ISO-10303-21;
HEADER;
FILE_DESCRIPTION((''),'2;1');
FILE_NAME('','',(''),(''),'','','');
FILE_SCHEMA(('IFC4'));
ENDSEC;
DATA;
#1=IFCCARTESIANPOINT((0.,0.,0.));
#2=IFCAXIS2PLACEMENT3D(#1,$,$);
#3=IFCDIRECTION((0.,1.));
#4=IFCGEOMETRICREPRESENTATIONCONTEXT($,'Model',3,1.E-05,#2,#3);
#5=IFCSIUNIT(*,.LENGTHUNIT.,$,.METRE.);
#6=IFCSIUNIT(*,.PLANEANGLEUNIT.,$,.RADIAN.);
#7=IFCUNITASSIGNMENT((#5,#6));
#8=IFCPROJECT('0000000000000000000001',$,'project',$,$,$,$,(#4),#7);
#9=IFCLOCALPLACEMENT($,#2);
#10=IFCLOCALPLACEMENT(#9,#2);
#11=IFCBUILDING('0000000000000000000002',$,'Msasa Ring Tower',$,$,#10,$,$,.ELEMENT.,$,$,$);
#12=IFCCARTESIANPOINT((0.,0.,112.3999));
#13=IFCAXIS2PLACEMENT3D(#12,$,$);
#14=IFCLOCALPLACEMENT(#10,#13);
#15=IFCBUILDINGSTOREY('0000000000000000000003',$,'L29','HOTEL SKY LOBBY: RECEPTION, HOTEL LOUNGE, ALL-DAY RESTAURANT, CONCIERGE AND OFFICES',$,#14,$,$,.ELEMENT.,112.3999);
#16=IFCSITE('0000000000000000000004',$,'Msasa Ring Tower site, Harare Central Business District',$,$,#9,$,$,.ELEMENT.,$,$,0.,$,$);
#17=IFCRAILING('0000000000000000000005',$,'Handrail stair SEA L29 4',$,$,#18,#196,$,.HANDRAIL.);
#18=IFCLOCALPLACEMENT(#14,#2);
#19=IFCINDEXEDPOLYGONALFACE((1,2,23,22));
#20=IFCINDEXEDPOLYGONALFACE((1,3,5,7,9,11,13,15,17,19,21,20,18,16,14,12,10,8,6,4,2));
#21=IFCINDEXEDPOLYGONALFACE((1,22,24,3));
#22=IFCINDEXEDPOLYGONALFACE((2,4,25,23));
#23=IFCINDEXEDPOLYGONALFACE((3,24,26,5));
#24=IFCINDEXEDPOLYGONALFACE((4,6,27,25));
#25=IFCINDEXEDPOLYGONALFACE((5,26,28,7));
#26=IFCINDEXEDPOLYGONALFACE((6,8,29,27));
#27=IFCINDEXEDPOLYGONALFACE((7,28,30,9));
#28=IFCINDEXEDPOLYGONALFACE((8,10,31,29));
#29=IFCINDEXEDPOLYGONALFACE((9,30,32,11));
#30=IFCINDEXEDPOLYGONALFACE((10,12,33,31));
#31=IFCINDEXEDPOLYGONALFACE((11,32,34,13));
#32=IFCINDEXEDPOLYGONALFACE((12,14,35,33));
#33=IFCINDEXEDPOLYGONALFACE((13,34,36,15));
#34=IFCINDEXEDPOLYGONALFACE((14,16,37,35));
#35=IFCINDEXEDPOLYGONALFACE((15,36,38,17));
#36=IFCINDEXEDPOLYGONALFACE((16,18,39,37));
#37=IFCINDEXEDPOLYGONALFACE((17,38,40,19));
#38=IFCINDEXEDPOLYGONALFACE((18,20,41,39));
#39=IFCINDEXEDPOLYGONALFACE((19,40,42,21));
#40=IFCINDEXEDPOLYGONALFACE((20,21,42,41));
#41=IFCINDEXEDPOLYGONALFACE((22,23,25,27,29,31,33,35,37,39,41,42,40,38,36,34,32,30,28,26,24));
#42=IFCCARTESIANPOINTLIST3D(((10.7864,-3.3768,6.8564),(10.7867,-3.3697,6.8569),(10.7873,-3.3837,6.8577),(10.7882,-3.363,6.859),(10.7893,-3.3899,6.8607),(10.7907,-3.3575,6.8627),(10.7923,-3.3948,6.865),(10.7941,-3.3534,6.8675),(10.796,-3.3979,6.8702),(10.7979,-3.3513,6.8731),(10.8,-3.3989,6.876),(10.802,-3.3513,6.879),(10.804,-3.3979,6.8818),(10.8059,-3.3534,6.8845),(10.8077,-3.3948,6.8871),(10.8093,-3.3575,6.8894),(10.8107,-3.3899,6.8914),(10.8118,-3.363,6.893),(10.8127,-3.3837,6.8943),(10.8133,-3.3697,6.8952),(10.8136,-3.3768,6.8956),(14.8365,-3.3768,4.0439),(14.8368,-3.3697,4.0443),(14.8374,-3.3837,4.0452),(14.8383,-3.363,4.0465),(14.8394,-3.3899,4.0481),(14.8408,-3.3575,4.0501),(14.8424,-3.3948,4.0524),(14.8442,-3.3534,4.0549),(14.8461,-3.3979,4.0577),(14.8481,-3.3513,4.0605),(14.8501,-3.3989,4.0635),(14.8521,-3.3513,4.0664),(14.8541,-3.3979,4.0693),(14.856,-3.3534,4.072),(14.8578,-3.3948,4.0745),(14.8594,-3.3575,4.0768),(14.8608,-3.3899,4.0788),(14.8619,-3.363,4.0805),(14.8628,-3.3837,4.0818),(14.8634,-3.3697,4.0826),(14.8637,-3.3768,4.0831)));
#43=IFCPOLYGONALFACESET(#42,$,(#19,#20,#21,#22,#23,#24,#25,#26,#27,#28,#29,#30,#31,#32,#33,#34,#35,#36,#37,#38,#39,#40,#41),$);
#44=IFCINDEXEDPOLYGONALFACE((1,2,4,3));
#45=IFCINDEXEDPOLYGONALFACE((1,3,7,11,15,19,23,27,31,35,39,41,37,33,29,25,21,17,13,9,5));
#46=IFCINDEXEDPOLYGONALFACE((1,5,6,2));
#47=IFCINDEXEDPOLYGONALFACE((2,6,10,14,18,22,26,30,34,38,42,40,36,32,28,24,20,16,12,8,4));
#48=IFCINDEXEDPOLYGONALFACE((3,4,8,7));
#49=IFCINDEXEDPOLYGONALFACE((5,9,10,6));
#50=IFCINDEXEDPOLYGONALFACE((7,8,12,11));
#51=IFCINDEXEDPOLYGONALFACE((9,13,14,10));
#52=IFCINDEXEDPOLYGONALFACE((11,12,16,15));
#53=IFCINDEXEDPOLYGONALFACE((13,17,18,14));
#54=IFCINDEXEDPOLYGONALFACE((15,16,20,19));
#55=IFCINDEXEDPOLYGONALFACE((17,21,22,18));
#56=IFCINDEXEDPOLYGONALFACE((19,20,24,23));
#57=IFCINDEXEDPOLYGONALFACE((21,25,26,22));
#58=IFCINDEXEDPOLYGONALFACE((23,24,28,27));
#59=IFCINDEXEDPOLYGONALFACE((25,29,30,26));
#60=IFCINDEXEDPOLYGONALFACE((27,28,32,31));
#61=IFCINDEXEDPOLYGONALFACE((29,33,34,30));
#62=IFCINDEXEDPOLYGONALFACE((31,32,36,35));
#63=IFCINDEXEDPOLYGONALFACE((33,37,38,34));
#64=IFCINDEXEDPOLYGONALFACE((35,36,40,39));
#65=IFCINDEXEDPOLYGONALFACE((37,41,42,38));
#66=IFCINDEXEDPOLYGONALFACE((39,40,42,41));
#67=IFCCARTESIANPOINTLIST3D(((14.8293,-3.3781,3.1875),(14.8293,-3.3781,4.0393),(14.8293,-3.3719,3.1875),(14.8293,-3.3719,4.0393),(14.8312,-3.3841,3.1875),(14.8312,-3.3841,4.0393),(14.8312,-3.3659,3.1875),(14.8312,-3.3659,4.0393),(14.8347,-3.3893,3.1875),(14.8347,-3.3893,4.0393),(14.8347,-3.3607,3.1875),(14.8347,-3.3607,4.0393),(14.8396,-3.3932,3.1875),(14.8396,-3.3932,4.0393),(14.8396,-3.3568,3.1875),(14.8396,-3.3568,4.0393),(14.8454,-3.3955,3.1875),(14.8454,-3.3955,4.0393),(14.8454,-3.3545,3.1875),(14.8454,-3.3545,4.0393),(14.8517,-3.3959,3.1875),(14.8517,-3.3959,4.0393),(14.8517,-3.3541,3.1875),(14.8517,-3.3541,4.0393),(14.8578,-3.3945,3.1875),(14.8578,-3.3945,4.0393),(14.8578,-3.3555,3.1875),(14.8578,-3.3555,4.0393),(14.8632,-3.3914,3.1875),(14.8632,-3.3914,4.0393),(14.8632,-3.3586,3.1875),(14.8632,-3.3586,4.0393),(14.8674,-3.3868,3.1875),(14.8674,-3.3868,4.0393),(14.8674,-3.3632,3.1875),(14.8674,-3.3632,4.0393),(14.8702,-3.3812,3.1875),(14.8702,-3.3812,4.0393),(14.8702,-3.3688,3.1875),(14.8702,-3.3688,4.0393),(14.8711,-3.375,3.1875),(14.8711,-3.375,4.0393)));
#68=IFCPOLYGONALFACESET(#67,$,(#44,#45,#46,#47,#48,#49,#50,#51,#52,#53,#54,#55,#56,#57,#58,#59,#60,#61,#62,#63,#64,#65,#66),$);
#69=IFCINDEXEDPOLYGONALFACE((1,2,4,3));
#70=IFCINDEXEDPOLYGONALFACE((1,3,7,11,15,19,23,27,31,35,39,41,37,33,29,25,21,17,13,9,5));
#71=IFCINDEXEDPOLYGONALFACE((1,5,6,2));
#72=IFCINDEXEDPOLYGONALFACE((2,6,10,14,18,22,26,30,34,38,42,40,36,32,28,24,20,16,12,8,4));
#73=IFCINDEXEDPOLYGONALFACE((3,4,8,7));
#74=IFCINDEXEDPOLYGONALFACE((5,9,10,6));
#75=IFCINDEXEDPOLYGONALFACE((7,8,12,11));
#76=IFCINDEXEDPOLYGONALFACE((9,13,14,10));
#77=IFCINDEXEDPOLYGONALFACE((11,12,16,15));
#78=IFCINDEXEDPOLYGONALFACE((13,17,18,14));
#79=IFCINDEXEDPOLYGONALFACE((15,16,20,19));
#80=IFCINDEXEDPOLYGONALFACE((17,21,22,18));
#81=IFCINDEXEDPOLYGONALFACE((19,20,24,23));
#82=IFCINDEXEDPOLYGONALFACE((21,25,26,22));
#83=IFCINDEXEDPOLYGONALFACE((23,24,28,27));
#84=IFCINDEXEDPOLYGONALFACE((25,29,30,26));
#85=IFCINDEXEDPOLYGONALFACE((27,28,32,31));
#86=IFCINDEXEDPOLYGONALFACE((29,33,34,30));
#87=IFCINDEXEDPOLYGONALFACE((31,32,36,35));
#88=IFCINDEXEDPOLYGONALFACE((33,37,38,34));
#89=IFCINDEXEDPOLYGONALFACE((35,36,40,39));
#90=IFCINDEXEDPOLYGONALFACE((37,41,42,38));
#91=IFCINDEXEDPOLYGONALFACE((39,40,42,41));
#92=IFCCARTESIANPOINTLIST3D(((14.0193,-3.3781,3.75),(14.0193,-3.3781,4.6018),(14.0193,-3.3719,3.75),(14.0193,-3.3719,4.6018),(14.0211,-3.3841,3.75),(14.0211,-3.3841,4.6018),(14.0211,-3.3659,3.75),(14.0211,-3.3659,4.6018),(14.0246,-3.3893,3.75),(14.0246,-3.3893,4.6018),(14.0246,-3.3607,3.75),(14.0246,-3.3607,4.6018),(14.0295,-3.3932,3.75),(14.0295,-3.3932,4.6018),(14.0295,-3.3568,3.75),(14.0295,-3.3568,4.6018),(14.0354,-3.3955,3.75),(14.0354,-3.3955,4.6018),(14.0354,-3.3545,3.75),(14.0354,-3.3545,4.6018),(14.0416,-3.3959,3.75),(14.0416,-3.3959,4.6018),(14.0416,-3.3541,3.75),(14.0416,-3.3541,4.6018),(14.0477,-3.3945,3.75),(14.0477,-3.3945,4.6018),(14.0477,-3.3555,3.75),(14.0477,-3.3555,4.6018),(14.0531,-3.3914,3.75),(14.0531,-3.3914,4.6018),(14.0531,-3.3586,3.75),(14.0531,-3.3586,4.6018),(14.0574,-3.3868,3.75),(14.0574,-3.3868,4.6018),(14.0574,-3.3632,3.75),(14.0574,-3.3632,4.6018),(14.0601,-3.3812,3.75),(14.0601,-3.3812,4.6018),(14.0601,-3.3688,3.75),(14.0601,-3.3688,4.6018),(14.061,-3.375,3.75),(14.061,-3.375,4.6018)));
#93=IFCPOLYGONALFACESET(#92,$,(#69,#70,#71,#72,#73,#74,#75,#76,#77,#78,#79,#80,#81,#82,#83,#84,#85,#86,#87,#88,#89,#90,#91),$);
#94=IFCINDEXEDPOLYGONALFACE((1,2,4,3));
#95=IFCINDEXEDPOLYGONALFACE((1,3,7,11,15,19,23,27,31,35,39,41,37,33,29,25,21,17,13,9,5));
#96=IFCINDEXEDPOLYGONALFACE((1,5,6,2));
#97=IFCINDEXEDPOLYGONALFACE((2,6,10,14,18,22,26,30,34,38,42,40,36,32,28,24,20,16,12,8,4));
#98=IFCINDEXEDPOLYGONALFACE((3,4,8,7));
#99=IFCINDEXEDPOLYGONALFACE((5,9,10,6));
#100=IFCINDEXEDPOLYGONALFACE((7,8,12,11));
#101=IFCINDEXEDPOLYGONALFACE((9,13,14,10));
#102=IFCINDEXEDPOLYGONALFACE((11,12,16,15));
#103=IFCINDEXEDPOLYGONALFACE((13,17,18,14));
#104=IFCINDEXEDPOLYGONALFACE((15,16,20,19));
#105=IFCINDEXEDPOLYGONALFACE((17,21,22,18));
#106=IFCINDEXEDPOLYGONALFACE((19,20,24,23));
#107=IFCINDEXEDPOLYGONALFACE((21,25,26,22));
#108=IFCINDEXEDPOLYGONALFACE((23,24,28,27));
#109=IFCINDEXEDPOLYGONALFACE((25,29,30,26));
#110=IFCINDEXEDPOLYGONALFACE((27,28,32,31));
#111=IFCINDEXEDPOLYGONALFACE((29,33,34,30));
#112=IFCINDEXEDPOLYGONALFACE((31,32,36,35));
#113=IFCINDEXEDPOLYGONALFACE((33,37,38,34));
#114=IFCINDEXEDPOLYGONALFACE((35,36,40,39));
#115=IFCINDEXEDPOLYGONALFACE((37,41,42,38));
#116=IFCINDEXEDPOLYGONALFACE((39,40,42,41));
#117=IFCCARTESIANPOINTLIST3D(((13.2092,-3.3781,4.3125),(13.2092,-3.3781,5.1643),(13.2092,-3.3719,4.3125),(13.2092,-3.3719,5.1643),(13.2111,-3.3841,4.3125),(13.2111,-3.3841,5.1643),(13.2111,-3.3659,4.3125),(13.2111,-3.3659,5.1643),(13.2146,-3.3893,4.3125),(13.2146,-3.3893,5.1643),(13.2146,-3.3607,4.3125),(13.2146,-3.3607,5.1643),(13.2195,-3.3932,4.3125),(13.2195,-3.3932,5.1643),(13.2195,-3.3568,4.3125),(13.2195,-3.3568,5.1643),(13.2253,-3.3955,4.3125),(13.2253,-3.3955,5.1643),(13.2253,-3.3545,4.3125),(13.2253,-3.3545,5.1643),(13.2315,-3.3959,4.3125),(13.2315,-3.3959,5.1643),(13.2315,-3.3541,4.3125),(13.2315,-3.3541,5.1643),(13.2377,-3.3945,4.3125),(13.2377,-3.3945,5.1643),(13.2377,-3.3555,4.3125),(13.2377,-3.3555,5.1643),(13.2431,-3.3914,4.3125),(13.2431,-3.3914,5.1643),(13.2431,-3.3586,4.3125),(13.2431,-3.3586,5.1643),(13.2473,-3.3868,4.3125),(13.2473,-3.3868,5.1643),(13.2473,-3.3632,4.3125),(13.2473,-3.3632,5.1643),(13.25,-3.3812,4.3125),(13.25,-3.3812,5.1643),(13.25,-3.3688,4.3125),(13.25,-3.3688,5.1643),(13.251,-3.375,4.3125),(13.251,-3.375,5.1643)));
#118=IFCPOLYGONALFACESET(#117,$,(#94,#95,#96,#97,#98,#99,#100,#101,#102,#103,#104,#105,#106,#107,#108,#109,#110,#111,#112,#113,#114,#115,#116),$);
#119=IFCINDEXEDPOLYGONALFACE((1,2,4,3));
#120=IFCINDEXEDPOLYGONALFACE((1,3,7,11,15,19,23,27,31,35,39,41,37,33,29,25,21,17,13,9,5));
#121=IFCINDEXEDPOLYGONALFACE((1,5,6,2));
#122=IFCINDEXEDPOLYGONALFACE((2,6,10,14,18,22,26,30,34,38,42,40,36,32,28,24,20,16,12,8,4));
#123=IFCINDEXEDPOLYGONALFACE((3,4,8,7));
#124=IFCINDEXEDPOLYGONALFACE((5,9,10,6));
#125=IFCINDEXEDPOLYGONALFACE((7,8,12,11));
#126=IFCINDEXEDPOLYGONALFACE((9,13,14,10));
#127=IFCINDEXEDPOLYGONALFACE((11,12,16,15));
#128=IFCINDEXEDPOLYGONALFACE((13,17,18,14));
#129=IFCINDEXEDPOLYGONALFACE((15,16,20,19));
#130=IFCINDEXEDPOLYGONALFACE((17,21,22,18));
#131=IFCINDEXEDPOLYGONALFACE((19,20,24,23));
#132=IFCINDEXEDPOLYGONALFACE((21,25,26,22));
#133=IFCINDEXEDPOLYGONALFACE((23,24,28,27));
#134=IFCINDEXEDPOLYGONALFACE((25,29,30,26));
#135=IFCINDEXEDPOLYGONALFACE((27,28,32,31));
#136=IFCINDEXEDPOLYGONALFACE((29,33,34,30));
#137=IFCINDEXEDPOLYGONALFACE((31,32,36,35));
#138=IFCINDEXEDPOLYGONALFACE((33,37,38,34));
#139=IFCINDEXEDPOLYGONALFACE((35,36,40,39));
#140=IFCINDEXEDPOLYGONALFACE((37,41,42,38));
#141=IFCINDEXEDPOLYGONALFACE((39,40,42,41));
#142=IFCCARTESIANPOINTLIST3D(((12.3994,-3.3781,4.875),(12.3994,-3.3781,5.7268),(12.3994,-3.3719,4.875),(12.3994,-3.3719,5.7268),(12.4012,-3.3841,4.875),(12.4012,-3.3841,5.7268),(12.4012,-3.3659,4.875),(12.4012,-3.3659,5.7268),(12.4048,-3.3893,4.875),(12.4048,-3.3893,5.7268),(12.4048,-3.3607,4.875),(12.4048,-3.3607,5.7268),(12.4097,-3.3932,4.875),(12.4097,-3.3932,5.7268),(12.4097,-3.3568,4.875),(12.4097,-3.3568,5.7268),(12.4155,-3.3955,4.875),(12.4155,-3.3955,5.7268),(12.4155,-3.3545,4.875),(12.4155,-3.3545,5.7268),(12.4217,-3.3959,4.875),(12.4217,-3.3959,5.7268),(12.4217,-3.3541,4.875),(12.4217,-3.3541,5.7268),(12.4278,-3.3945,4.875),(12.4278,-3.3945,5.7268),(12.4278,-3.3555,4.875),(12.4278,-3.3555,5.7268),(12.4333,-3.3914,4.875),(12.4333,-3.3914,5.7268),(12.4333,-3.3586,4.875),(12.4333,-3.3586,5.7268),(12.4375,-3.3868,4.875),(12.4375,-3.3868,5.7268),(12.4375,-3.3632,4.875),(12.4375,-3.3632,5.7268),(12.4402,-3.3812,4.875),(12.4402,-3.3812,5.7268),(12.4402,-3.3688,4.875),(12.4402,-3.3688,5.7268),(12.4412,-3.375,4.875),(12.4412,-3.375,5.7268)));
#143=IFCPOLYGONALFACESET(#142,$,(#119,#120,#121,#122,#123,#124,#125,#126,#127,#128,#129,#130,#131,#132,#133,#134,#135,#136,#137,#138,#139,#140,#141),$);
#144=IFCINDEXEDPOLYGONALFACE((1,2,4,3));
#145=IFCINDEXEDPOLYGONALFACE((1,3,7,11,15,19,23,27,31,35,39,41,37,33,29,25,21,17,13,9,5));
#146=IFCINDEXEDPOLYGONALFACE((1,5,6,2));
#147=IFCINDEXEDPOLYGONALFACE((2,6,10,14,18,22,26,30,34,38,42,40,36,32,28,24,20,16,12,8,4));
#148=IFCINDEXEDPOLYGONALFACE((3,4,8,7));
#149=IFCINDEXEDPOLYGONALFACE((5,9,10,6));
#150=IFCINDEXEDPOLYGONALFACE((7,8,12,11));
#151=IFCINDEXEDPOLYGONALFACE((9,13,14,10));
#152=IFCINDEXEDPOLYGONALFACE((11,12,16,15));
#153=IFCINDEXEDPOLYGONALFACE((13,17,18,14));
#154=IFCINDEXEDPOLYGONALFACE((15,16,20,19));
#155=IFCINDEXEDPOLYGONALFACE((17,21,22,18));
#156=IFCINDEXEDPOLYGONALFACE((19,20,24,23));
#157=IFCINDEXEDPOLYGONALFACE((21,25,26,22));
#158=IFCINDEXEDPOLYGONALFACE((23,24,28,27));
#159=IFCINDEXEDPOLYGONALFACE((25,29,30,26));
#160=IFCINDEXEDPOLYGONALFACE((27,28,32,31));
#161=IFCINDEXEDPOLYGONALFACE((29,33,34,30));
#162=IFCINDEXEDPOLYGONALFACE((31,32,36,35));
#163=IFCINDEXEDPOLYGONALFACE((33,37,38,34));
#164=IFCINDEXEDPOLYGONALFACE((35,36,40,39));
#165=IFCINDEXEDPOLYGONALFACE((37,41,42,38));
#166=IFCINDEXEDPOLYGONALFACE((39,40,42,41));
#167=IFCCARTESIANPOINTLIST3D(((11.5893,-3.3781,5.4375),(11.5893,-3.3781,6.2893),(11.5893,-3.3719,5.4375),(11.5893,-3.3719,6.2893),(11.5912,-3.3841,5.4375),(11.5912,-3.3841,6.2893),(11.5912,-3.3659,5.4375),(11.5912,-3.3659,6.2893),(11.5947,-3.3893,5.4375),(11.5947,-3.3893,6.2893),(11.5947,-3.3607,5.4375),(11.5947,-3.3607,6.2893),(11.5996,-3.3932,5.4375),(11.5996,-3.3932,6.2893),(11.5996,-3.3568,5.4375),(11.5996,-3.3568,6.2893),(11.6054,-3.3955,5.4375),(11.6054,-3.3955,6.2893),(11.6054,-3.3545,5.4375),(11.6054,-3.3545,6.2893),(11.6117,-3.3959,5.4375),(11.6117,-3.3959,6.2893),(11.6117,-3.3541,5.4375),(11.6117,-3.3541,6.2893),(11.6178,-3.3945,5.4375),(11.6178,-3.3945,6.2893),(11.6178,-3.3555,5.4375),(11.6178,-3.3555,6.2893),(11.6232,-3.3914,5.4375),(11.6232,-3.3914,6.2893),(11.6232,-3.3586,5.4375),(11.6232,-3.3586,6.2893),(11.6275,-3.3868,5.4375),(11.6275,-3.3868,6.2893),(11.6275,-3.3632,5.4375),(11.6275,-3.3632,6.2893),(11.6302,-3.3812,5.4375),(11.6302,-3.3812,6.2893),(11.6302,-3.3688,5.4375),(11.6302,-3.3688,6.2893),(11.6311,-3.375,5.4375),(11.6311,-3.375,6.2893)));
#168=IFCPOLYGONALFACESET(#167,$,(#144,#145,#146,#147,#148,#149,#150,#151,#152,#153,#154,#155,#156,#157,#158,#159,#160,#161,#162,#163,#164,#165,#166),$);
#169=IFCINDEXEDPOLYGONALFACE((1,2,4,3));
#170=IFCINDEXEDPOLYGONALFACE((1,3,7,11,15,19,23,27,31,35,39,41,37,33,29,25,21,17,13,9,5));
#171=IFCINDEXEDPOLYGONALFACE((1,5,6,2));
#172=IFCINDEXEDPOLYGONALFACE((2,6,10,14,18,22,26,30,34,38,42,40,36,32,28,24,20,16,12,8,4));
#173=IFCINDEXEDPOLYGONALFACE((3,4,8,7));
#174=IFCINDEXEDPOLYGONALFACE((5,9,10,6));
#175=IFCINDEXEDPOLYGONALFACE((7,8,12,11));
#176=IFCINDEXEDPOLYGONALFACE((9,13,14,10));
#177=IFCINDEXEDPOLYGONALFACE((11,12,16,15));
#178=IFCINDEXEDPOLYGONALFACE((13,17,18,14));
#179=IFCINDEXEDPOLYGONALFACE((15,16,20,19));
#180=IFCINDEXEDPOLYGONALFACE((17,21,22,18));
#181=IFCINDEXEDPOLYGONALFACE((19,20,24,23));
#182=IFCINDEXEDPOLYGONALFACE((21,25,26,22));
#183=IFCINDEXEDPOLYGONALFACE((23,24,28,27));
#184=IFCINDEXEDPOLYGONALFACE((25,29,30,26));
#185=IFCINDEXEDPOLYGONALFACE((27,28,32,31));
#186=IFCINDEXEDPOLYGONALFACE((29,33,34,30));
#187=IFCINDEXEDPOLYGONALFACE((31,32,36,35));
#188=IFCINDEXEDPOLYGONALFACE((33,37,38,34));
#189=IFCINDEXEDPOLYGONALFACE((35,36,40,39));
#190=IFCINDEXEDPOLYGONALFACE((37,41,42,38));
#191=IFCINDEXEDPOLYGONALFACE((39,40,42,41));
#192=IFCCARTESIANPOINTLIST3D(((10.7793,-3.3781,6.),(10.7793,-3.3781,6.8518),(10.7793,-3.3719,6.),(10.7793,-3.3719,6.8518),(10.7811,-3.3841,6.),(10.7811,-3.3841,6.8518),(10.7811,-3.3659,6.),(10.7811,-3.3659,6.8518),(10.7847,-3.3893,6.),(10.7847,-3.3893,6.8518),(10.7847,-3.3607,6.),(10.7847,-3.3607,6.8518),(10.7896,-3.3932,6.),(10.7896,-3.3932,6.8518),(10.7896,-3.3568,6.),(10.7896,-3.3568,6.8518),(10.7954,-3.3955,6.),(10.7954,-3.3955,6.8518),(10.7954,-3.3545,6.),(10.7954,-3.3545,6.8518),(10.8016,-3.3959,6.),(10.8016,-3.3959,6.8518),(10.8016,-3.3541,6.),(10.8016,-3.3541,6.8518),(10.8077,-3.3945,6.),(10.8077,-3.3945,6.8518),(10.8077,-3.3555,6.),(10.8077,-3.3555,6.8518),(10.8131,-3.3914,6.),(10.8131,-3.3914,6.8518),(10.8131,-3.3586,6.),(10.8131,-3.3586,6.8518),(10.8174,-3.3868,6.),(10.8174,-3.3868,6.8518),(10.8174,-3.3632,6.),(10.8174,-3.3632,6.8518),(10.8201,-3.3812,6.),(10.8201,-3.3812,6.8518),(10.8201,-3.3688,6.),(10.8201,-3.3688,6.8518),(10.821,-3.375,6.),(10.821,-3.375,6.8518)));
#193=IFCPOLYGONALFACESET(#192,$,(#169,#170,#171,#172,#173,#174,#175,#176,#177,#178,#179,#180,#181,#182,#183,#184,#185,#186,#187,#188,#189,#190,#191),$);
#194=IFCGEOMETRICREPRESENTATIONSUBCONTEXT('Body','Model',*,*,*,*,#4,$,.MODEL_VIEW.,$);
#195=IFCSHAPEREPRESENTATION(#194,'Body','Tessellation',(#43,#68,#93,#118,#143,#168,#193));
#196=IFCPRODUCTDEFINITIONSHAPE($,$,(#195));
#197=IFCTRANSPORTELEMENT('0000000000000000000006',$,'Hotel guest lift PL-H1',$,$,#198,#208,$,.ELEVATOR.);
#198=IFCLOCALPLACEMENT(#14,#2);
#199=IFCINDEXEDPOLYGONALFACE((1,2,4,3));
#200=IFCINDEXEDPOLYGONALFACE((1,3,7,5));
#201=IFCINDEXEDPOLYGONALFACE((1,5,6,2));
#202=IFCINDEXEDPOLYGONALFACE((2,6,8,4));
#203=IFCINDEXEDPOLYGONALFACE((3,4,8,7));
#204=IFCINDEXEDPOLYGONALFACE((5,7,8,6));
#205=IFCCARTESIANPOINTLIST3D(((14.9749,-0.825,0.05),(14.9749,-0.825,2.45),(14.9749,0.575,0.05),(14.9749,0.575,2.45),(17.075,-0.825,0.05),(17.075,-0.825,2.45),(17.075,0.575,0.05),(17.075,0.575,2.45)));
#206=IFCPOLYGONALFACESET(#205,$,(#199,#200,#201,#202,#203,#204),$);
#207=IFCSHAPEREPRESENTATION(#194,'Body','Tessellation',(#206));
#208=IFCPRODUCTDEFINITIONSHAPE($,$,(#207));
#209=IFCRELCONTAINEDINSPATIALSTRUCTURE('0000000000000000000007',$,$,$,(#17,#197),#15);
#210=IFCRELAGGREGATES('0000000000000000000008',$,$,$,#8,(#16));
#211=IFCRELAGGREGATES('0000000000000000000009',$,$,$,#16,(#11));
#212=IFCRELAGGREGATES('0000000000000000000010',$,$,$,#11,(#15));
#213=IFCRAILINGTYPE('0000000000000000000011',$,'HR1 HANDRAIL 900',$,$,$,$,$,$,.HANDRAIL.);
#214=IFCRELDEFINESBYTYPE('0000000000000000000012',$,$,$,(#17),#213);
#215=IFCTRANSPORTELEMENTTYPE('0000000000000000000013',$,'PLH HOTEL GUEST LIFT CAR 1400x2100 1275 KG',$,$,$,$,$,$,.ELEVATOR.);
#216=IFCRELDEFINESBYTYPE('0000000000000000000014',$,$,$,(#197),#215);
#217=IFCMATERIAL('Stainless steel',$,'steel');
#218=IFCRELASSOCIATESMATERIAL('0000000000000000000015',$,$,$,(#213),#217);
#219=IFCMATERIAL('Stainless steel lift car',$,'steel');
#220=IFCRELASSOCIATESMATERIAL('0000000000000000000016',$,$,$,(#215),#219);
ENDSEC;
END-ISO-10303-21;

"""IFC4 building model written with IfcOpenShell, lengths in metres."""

from ifc_helpers import new_model, si_unit, direction, frame, origin, origin_2d, place, context, subcontext, project, spatial, rectangle, circle, extrude, material, type_object, element, save


model = new_model("IFC4")

# Units and contexts
model_context = context("Model", 3, precision=1e-05, world=origin(), true_north=direction((0.0, 1.0)))
body_context = subcontext(model_context, "Body", "Model", "MODEL_VIEW")
ifc_project = project(units=[si_unit("LENGTHUNIT", "METRE"), si_unit("PLANEANGLEUNIT", "RADIAN")], contexts=[model_context])

# Site, building, storey
site_placement = place(None, origin())
site = spatial("IfcSite", under=ifc_project, at=site_placement, Name="Msasa Ring Tower site, Harare Central Business District", CompositionType="ELEMENT", RefElevation=0.0)
building_placement = place(site_placement, origin())
building = spatial("IfcBuilding", under=site, at=building_placement, Name="Msasa Ring Tower", CompositionType="ELEMENT")
storey_placement = place(building_placement, frame((0.0, 0.0, 112.3999)))
storey = spatial("IfcBuildingStorey", under=building, at=storey_placement, Name="L29", Description="HOTEL SKY LOBBY: RECEPTION, HOTEL LOUNGE, ALL-DAY RESTAURANT, CONCIERGE AND OFFICES", CompositionType="ELEMENT", Elevation=112.3999)

# Railing
ifc_material_1 = material(Name="Stainless steel", Category="steel")
railing_type = type_object("IfcRailingType", Name="HR1 HANDRAIL 900", PredefinedType="HANDRAIL", material=ifc_material_1)
for number, where, name in (
    (1, (14.8501, -3.375, 3.1875), "Handrail stair SEA L29 4"),
):
    element("IfcRailing", number, at=place(storey_placement, frame(where)), inside=storey, type_object=railing_type, Name=name, PredefinedType="HANDRAIL", context=body_context, shape_type="SweptSolid", body=[
        extrude(circle(Radius=0.0239, at=origin_2d()), frame((0.0, 0.0, 0.876), z_axis=(-0.821373, 0.0, 0.570391), x_axis=(0.0, -1.0, 0.0)), (0.0, 0.0, 1.0), 4.9309),
        extrude(circle(Radius=0.021, at=origin_2d()), origin(), (0.0, 0.0, 1.0), 0.8518),
        extrude(circle(Radius=0.021, at=origin_2d()), frame((-0.8101, 0.0, 0.5625)), (0.0, 0.0, 1.0), 0.8518),
        extrude(circle(Radius=0.021, at=origin_2d()), frame((-1.6201, 0.0, 1.125)), (0.0, 0.0, 1.0), 0.8518),
        extrude(circle(Radius=0.021, at=origin_2d()), frame((-2.4299, 0.0, 1.6875)), (0.0, 0.0, 1.0), 0.8518),
        extrude(circle(Radius=0.021, at=origin_2d()), frame((-3.24, 0.0, 2.25)), (0.0, 0.0, 1.0), 0.8518),
        extrude(circle(Radius=0.021, at=origin_2d()), frame((-4.05, 0.0, 2.8125)), (0.0, 0.0, 1.0), 0.8518),
    ])

# Transport element
ifc_material_2 = material(Name="Stainless steel lift car", Category="steel")
transport_element_type = type_object("IfcTransportElementType", Name="PLH HOTEL GUEST LIFT CAR 1400x2100 1275 KG", PredefinedType="ELEVATOR", material=ifc_material_2)
transport_element_placement = place(storey_placement, frame((16.0249, -0.125, 0.05), z_axis=(0.0, 0.0, 1.0), x_axis=(1.0, 0.0, 0.0)))
element("IfcTransportElement", 2, at=transport_element_placement, inside=storey, type_object=transport_element_type, Name="Hotel guest lift PL-H1", PredefinedType="ELEVATOR", context=body_context, shape_type="SweptSolid", body=[
    extrude(rectangle(XDim=2.1001, YDim=1.3999, at=origin_2d()), origin(), (0.0, 0.0, 1.0), 2.3999),
])

save(model, "model.ifc")
